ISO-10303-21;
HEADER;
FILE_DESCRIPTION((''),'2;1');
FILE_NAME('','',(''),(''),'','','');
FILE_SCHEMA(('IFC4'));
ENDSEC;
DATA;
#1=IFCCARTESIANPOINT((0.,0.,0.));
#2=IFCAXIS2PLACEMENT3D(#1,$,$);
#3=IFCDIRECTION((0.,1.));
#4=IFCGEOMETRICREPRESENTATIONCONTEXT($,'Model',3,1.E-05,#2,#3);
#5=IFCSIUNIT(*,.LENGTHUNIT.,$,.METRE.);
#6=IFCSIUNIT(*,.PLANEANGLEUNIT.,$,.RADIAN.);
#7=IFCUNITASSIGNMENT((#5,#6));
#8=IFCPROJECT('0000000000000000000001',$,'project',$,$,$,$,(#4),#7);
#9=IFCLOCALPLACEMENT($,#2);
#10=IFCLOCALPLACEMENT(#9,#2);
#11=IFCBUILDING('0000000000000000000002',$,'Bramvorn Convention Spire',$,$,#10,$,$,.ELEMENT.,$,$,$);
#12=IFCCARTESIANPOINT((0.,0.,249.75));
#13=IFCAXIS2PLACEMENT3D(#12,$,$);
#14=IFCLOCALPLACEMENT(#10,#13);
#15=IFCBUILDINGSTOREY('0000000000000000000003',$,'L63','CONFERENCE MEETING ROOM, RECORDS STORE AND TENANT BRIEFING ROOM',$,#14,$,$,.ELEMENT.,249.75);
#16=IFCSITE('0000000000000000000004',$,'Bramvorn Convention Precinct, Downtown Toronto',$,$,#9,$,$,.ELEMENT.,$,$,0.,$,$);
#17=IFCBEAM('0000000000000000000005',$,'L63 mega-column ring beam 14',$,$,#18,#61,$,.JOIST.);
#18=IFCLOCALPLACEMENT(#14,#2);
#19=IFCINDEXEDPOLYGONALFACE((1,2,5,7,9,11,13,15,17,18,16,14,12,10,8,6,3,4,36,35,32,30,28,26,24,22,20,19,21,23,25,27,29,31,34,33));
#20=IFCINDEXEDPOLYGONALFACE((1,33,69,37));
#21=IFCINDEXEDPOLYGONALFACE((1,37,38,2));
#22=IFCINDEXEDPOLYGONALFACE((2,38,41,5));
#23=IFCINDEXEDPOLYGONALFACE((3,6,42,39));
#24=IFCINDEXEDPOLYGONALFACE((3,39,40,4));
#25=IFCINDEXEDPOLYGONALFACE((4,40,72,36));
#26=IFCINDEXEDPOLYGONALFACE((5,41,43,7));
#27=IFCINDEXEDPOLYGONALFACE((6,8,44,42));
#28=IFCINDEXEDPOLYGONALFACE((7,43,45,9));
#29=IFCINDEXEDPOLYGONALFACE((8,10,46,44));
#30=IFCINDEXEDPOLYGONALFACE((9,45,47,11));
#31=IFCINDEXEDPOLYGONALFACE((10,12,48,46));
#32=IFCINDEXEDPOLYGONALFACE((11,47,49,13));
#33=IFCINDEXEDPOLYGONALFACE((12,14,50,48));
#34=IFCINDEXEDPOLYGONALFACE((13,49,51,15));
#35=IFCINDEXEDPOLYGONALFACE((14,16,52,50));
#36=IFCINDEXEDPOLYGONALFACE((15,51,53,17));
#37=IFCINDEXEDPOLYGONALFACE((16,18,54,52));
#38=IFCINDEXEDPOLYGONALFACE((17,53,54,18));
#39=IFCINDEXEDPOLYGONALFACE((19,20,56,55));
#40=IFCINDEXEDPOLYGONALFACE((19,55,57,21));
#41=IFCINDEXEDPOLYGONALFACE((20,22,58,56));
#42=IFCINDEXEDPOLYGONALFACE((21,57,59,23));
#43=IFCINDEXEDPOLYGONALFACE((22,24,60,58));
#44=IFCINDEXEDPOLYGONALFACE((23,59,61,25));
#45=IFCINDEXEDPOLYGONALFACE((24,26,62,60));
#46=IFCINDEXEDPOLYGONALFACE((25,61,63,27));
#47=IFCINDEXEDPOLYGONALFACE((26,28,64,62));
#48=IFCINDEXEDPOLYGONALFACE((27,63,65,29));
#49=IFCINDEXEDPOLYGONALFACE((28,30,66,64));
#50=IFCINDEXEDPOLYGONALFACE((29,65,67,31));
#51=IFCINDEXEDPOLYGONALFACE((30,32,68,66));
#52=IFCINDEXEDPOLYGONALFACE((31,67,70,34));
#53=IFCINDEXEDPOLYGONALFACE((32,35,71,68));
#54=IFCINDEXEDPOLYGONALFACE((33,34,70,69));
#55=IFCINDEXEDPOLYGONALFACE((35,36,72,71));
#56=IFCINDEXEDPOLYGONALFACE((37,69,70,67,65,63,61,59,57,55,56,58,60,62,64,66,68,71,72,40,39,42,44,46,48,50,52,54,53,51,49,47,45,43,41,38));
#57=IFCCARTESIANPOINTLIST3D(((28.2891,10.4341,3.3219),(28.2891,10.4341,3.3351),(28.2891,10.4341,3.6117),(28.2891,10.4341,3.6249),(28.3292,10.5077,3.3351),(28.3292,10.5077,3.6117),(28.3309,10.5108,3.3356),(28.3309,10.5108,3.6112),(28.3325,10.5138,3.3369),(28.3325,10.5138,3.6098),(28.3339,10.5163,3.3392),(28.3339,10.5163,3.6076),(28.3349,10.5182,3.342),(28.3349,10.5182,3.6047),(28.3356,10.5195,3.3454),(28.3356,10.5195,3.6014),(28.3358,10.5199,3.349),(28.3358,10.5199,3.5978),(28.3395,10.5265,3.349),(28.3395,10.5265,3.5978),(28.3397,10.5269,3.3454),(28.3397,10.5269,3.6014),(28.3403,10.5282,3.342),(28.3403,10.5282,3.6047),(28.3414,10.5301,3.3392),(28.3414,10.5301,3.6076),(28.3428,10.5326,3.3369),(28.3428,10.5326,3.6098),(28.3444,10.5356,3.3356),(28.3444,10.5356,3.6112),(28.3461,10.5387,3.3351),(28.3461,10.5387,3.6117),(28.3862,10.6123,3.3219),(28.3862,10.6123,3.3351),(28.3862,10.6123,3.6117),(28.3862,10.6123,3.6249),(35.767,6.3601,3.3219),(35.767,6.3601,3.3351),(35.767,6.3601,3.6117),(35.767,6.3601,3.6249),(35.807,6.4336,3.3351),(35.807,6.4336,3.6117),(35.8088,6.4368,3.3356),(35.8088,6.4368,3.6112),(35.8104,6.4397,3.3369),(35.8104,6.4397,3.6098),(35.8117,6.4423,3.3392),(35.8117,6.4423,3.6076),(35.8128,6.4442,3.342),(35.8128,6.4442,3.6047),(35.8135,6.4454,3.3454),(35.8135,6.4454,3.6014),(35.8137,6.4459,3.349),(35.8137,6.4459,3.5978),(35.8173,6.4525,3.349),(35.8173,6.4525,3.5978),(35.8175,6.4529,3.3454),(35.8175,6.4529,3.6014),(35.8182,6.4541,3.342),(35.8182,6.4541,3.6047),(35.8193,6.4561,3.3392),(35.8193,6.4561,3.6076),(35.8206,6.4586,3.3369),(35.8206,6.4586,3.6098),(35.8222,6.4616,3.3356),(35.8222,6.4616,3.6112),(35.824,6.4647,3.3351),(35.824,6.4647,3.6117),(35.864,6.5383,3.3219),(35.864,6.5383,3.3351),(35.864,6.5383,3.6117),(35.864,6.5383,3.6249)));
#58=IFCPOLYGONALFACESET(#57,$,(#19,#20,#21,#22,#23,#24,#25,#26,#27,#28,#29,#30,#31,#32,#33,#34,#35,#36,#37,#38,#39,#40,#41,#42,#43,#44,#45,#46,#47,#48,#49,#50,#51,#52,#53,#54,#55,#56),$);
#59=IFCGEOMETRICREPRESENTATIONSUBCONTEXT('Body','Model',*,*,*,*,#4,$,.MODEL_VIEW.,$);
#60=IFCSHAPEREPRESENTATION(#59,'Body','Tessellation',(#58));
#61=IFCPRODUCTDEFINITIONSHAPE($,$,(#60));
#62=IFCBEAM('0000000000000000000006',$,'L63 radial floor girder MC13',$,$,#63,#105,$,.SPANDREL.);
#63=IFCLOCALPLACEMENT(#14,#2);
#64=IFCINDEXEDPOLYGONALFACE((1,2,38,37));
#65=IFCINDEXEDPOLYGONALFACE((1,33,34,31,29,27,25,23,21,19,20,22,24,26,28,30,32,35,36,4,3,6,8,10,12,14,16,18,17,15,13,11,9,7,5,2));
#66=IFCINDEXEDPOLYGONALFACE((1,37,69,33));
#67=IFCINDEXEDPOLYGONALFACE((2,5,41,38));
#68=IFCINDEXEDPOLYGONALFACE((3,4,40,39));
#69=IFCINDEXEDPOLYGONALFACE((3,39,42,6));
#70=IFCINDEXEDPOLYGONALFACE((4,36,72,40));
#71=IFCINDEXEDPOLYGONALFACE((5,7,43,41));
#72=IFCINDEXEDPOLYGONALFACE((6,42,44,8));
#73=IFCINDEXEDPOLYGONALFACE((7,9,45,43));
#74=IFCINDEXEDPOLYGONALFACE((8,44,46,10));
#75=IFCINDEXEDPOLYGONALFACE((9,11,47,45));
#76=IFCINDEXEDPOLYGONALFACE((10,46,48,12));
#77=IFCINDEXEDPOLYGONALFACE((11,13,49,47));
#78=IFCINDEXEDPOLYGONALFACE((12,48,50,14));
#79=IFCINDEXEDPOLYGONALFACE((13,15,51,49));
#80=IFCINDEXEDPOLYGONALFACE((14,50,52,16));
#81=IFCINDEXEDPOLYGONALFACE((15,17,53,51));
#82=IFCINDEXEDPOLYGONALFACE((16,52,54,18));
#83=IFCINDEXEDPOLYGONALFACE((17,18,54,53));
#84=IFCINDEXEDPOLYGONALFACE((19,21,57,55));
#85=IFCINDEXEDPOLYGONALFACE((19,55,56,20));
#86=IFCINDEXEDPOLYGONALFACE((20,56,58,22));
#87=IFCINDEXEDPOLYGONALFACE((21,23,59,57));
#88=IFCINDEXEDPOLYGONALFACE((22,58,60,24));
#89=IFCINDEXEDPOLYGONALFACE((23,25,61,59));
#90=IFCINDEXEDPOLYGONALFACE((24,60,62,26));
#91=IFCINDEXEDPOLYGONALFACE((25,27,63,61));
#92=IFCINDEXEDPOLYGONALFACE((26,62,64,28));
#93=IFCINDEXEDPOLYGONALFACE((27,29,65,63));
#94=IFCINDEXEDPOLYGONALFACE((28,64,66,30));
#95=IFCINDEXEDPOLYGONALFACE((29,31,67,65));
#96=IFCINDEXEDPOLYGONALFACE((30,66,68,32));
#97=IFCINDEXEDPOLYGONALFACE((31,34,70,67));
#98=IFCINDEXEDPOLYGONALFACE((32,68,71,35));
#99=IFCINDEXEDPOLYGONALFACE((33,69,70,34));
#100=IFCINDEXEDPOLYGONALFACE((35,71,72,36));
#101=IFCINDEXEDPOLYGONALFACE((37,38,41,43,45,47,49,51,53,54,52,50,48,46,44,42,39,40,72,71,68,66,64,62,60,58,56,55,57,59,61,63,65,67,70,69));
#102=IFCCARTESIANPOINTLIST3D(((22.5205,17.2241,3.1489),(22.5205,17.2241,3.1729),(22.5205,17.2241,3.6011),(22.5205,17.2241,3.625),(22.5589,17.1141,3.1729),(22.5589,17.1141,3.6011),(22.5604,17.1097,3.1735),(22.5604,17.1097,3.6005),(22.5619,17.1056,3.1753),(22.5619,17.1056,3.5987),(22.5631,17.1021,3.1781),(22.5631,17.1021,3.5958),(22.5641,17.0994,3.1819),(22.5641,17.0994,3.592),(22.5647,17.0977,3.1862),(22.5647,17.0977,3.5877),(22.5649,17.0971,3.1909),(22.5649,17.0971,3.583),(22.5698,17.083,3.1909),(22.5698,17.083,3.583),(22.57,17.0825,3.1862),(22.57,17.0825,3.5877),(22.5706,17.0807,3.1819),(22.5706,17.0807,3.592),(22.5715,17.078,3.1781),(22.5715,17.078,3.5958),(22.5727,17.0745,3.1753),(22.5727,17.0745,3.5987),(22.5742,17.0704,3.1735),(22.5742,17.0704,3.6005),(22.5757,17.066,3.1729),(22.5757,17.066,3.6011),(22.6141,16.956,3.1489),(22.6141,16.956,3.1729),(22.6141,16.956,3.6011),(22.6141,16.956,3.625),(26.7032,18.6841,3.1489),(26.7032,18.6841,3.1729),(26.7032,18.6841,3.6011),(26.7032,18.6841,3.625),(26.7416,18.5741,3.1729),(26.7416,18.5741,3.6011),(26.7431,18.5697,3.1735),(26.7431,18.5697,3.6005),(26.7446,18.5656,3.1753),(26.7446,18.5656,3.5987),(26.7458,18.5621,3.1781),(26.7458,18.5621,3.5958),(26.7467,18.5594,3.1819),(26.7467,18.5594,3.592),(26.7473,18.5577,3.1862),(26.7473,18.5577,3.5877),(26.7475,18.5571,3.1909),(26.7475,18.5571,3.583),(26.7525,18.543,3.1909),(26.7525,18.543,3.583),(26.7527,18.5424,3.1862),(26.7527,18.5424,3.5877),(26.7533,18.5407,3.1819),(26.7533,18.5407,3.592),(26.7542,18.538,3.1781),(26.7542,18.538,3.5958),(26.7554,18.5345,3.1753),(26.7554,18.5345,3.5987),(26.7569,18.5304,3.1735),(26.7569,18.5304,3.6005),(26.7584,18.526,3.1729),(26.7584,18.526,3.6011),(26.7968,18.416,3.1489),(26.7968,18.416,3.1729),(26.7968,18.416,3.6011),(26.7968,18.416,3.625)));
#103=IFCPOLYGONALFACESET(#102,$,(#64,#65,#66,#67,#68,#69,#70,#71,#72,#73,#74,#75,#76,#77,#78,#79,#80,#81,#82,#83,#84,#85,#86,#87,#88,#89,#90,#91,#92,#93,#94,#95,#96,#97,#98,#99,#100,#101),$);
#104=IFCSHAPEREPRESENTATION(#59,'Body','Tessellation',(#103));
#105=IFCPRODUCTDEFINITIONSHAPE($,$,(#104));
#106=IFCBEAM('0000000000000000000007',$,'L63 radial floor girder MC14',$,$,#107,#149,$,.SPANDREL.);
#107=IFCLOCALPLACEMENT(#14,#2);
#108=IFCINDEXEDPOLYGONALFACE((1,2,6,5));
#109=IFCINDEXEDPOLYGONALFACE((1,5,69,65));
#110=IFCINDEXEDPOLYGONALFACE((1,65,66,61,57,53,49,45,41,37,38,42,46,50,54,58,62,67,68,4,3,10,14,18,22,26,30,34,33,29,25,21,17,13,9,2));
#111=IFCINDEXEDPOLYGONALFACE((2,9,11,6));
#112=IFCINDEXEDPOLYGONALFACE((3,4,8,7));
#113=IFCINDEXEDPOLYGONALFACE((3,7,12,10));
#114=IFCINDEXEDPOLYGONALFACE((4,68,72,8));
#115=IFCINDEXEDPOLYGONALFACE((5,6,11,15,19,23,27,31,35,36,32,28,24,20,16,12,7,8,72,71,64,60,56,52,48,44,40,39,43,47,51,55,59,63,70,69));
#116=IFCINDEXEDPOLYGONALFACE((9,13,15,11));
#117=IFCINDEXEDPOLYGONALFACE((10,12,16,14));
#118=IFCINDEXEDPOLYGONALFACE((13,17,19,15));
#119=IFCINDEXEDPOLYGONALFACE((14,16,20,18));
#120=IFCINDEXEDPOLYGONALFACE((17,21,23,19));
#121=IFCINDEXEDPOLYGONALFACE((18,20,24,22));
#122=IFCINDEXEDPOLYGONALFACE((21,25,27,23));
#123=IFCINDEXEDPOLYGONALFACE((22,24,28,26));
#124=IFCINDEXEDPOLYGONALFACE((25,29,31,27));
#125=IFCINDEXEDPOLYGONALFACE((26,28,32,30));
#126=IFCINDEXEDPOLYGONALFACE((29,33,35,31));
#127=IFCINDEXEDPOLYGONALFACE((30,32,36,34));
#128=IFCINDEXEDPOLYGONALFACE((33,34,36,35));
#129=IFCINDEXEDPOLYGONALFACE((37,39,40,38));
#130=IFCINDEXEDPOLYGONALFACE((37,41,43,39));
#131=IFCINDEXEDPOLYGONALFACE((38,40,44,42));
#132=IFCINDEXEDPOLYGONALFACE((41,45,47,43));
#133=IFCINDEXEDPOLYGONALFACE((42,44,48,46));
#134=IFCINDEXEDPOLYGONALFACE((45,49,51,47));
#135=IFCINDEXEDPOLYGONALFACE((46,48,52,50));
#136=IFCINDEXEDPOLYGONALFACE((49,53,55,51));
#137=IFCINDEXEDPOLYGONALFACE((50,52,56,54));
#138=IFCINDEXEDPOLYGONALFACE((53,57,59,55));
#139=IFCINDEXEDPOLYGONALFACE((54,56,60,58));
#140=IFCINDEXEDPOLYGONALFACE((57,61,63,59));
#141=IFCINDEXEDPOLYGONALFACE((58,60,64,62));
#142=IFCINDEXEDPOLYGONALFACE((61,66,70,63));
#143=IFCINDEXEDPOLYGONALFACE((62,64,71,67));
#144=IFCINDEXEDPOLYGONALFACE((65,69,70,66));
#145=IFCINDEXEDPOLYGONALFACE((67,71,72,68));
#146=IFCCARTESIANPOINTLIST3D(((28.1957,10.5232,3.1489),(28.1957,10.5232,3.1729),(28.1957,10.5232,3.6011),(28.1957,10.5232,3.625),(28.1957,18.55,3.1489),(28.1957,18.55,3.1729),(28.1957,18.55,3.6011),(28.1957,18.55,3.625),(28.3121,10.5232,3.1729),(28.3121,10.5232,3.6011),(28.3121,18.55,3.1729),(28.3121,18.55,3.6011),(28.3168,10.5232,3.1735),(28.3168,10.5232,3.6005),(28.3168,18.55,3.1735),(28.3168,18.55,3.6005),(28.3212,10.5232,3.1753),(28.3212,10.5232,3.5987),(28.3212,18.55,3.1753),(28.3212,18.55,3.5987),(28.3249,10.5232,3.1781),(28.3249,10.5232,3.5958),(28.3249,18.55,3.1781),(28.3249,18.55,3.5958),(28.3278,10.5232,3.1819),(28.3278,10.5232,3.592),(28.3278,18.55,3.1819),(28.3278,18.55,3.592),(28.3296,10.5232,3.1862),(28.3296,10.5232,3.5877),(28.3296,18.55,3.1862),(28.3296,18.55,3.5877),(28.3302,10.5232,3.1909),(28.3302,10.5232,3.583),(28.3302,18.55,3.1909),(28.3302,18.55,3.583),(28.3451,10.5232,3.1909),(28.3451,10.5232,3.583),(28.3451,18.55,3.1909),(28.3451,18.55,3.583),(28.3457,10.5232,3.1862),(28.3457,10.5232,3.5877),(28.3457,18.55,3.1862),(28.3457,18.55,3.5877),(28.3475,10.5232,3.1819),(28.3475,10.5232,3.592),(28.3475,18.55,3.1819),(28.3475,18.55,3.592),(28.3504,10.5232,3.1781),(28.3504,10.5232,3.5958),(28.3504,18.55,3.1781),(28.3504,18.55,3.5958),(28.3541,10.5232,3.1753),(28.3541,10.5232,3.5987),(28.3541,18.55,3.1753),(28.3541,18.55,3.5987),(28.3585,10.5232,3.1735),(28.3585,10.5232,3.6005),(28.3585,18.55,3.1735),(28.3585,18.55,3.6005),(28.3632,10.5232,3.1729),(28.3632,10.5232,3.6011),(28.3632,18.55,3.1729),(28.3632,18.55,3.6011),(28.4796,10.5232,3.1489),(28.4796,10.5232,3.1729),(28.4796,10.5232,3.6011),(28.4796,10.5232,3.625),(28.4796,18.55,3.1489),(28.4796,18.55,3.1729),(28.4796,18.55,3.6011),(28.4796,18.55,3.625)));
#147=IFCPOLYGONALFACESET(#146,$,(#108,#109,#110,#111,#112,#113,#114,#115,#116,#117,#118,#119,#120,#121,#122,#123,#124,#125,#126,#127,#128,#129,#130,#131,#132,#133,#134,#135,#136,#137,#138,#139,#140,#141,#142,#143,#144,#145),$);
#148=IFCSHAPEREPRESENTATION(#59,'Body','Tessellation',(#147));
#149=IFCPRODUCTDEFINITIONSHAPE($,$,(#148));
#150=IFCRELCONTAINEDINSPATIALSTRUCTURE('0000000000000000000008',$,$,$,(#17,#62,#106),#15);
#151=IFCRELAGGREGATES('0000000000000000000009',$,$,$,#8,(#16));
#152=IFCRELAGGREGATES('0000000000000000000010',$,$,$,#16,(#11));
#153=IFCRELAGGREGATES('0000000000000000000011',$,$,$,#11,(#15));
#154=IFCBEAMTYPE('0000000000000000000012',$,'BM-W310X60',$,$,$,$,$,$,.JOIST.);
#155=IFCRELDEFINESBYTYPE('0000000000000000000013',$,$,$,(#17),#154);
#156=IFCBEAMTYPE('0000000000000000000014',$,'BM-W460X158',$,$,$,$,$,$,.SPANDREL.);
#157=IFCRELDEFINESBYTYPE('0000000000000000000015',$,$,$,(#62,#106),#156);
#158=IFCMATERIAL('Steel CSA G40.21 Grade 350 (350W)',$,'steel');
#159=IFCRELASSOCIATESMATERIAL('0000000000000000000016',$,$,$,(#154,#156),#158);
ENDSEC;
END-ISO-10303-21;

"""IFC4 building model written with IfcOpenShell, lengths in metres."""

from ifc_helpers import new_model, si_unit, direction, frame, origin, origin_2d, place, context, subcontext, project, spatial, i_section, extrude, material, material_profile, profile_set, type_object, element, save


model = new_model("IFC4")

# Units and contexts
model_context = context("Model", 3, precision=1e-05, world=origin(), true_north=direction((0.0, 1.0)))
body_context = subcontext(model_context, "Body", "Model", "MODEL_VIEW")
ifc_project = project(units=[si_unit("LENGTHUNIT", "METRE"), si_unit("PLANEANGLEUNIT", "RADIAN")], contexts=[model_context])

# Site, building, storey
site_placement = place(None, origin())
site = spatial("IfcSite", under=ifc_project, at=site_placement, Name="Bramvorn Convention Precinct, Downtown Toronto", CompositionType="ELEMENT", RefElevation=0.0)
building_placement = place(site_placement, origin())
building = spatial("IfcBuilding", under=site, at=building_placement, Name="Bramvorn Convention Spire", CompositionType="ELEMENT")
storey_placement = place(building_placement, frame((0.0, 0.0, 249.75)))
storey = spatial("IfcBuildingStorey", under=building, at=storey_placement, Name="L63", Description="CONFERENCE MEETING ROOM, RECORDS STORE AND TENANT BRIEFING ROOM", CompositionType="ELEMENT", Elevation=249.75)

# Shared definitions
ifc_material_1 = material(Name="Steel CSA G40.21 Grade 350 (350W)", Category="steel")

# Beams
ifc_material_profile_1 = material_profile(ifc_material_1, i_section(OverallWidth=0.2029, OverallDepth=0.303, WebThickness=0.0076, FlangeThickness=0.0132, FilletRadius=0.0139, at=origin_2d()))
ifc_profile_set_1 = profile_set([ifc_material_profile_1], Name="Steel CSA G40.21 Grade 350 (350W) - W310X60")
beam_type_1 = type_object("IfcBeamType", Name="BM-W310X60", PredefinedType="JOIST", material=ifc_profile_set_1)
beam_1_placement = place(storey_placement, frame((28.3376, 10.5232, 3.4734), z_axis=(0.878133, -0.478416, 0.0), x_axis=(0.478416, 0.878133, 0.0)))
element("IfcBeam", 1, at=beam_1_placement, inside=storey, type_object=beam_type_1, Name="L63 mega-column ring beam 14", PredefinedType="JOIST", context=body_context, shape_type="SweptSolid", body=[
    extrude(i_section(OverallWidth=0.2029, OverallDepth=0.303, WebThickness=0.0076, FlangeThickness=0.0132, FilletRadius=0.0139, at=origin_2d()), origin(), (0.0, 0.0, 1.0), 8.5156),
])
ifc_material_profile_2 = material_profile(ifc_material_1, i_section(OverallWidth=0.2839, OverallDepth=0.4761, WebThickness=0.0149, FlangeThickness=0.0239, FilletRadius=0.0181, at=origin_2d()))
ifc_profile_set_2 = profile_set([ifc_material_profile_2], Name="Steel CSA G40.21 Grade 350 (350W) - W460X158")
beam_type_2 = type_object("IfcBeamType", Name="BM-W460X158", PredefinedType="SPANDREL", material=ifc_profile_set_2)
beam_2_placement = place(storey_placement, frame((26.75, 18.55, 3.387), z_axis=(-0.944136, -0.329555, 0.0), x_axis=(0.329555, -0.944136, 0.0)))
element("IfcBeam", 2, at=beam_2_placement, inside=storey, type_object=beam_type_2, Name="L63 radial floor girder MC13", PredefinedType="SPANDREL", context=body_context, shape_type="SweptSolid", body=[
    extrude(i_section(OverallWidth=0.2839, OverallDepth=0.4761, WebThickness=0.0149, FlangeThickness=0.0239, FilletRadius=0.0181, at=origin_2d()), origin(), (0.0, 0.0, 1.0), 4.4302),
])
beam_3_placement = place(storey_placement, frame((28.3376, 18.55, 3.387), z_axis=(0.0, -1.0, 0.0), x_axis=(1.0, 0.0, 0.0)))
element("IfcBeam", 3, at=beam_3_placement, inside=storey, type_object=beam_type_2, Name="L63 radial floor girder MC14", PredefinedType="SPANDREL", context=body_context, shape_type="SweptSolid", body=[
    extrude(i_section(OverallWidth=0.2839, OverallDepth=0.4761, WebThickness=0.0149, FlangeThickness=0.0239, FilletRadius=0.0181, at=origin_2d()), origin(), (0.0, 0.0, 1.0), 8.0269),
])

save(model, "model.ifc")
